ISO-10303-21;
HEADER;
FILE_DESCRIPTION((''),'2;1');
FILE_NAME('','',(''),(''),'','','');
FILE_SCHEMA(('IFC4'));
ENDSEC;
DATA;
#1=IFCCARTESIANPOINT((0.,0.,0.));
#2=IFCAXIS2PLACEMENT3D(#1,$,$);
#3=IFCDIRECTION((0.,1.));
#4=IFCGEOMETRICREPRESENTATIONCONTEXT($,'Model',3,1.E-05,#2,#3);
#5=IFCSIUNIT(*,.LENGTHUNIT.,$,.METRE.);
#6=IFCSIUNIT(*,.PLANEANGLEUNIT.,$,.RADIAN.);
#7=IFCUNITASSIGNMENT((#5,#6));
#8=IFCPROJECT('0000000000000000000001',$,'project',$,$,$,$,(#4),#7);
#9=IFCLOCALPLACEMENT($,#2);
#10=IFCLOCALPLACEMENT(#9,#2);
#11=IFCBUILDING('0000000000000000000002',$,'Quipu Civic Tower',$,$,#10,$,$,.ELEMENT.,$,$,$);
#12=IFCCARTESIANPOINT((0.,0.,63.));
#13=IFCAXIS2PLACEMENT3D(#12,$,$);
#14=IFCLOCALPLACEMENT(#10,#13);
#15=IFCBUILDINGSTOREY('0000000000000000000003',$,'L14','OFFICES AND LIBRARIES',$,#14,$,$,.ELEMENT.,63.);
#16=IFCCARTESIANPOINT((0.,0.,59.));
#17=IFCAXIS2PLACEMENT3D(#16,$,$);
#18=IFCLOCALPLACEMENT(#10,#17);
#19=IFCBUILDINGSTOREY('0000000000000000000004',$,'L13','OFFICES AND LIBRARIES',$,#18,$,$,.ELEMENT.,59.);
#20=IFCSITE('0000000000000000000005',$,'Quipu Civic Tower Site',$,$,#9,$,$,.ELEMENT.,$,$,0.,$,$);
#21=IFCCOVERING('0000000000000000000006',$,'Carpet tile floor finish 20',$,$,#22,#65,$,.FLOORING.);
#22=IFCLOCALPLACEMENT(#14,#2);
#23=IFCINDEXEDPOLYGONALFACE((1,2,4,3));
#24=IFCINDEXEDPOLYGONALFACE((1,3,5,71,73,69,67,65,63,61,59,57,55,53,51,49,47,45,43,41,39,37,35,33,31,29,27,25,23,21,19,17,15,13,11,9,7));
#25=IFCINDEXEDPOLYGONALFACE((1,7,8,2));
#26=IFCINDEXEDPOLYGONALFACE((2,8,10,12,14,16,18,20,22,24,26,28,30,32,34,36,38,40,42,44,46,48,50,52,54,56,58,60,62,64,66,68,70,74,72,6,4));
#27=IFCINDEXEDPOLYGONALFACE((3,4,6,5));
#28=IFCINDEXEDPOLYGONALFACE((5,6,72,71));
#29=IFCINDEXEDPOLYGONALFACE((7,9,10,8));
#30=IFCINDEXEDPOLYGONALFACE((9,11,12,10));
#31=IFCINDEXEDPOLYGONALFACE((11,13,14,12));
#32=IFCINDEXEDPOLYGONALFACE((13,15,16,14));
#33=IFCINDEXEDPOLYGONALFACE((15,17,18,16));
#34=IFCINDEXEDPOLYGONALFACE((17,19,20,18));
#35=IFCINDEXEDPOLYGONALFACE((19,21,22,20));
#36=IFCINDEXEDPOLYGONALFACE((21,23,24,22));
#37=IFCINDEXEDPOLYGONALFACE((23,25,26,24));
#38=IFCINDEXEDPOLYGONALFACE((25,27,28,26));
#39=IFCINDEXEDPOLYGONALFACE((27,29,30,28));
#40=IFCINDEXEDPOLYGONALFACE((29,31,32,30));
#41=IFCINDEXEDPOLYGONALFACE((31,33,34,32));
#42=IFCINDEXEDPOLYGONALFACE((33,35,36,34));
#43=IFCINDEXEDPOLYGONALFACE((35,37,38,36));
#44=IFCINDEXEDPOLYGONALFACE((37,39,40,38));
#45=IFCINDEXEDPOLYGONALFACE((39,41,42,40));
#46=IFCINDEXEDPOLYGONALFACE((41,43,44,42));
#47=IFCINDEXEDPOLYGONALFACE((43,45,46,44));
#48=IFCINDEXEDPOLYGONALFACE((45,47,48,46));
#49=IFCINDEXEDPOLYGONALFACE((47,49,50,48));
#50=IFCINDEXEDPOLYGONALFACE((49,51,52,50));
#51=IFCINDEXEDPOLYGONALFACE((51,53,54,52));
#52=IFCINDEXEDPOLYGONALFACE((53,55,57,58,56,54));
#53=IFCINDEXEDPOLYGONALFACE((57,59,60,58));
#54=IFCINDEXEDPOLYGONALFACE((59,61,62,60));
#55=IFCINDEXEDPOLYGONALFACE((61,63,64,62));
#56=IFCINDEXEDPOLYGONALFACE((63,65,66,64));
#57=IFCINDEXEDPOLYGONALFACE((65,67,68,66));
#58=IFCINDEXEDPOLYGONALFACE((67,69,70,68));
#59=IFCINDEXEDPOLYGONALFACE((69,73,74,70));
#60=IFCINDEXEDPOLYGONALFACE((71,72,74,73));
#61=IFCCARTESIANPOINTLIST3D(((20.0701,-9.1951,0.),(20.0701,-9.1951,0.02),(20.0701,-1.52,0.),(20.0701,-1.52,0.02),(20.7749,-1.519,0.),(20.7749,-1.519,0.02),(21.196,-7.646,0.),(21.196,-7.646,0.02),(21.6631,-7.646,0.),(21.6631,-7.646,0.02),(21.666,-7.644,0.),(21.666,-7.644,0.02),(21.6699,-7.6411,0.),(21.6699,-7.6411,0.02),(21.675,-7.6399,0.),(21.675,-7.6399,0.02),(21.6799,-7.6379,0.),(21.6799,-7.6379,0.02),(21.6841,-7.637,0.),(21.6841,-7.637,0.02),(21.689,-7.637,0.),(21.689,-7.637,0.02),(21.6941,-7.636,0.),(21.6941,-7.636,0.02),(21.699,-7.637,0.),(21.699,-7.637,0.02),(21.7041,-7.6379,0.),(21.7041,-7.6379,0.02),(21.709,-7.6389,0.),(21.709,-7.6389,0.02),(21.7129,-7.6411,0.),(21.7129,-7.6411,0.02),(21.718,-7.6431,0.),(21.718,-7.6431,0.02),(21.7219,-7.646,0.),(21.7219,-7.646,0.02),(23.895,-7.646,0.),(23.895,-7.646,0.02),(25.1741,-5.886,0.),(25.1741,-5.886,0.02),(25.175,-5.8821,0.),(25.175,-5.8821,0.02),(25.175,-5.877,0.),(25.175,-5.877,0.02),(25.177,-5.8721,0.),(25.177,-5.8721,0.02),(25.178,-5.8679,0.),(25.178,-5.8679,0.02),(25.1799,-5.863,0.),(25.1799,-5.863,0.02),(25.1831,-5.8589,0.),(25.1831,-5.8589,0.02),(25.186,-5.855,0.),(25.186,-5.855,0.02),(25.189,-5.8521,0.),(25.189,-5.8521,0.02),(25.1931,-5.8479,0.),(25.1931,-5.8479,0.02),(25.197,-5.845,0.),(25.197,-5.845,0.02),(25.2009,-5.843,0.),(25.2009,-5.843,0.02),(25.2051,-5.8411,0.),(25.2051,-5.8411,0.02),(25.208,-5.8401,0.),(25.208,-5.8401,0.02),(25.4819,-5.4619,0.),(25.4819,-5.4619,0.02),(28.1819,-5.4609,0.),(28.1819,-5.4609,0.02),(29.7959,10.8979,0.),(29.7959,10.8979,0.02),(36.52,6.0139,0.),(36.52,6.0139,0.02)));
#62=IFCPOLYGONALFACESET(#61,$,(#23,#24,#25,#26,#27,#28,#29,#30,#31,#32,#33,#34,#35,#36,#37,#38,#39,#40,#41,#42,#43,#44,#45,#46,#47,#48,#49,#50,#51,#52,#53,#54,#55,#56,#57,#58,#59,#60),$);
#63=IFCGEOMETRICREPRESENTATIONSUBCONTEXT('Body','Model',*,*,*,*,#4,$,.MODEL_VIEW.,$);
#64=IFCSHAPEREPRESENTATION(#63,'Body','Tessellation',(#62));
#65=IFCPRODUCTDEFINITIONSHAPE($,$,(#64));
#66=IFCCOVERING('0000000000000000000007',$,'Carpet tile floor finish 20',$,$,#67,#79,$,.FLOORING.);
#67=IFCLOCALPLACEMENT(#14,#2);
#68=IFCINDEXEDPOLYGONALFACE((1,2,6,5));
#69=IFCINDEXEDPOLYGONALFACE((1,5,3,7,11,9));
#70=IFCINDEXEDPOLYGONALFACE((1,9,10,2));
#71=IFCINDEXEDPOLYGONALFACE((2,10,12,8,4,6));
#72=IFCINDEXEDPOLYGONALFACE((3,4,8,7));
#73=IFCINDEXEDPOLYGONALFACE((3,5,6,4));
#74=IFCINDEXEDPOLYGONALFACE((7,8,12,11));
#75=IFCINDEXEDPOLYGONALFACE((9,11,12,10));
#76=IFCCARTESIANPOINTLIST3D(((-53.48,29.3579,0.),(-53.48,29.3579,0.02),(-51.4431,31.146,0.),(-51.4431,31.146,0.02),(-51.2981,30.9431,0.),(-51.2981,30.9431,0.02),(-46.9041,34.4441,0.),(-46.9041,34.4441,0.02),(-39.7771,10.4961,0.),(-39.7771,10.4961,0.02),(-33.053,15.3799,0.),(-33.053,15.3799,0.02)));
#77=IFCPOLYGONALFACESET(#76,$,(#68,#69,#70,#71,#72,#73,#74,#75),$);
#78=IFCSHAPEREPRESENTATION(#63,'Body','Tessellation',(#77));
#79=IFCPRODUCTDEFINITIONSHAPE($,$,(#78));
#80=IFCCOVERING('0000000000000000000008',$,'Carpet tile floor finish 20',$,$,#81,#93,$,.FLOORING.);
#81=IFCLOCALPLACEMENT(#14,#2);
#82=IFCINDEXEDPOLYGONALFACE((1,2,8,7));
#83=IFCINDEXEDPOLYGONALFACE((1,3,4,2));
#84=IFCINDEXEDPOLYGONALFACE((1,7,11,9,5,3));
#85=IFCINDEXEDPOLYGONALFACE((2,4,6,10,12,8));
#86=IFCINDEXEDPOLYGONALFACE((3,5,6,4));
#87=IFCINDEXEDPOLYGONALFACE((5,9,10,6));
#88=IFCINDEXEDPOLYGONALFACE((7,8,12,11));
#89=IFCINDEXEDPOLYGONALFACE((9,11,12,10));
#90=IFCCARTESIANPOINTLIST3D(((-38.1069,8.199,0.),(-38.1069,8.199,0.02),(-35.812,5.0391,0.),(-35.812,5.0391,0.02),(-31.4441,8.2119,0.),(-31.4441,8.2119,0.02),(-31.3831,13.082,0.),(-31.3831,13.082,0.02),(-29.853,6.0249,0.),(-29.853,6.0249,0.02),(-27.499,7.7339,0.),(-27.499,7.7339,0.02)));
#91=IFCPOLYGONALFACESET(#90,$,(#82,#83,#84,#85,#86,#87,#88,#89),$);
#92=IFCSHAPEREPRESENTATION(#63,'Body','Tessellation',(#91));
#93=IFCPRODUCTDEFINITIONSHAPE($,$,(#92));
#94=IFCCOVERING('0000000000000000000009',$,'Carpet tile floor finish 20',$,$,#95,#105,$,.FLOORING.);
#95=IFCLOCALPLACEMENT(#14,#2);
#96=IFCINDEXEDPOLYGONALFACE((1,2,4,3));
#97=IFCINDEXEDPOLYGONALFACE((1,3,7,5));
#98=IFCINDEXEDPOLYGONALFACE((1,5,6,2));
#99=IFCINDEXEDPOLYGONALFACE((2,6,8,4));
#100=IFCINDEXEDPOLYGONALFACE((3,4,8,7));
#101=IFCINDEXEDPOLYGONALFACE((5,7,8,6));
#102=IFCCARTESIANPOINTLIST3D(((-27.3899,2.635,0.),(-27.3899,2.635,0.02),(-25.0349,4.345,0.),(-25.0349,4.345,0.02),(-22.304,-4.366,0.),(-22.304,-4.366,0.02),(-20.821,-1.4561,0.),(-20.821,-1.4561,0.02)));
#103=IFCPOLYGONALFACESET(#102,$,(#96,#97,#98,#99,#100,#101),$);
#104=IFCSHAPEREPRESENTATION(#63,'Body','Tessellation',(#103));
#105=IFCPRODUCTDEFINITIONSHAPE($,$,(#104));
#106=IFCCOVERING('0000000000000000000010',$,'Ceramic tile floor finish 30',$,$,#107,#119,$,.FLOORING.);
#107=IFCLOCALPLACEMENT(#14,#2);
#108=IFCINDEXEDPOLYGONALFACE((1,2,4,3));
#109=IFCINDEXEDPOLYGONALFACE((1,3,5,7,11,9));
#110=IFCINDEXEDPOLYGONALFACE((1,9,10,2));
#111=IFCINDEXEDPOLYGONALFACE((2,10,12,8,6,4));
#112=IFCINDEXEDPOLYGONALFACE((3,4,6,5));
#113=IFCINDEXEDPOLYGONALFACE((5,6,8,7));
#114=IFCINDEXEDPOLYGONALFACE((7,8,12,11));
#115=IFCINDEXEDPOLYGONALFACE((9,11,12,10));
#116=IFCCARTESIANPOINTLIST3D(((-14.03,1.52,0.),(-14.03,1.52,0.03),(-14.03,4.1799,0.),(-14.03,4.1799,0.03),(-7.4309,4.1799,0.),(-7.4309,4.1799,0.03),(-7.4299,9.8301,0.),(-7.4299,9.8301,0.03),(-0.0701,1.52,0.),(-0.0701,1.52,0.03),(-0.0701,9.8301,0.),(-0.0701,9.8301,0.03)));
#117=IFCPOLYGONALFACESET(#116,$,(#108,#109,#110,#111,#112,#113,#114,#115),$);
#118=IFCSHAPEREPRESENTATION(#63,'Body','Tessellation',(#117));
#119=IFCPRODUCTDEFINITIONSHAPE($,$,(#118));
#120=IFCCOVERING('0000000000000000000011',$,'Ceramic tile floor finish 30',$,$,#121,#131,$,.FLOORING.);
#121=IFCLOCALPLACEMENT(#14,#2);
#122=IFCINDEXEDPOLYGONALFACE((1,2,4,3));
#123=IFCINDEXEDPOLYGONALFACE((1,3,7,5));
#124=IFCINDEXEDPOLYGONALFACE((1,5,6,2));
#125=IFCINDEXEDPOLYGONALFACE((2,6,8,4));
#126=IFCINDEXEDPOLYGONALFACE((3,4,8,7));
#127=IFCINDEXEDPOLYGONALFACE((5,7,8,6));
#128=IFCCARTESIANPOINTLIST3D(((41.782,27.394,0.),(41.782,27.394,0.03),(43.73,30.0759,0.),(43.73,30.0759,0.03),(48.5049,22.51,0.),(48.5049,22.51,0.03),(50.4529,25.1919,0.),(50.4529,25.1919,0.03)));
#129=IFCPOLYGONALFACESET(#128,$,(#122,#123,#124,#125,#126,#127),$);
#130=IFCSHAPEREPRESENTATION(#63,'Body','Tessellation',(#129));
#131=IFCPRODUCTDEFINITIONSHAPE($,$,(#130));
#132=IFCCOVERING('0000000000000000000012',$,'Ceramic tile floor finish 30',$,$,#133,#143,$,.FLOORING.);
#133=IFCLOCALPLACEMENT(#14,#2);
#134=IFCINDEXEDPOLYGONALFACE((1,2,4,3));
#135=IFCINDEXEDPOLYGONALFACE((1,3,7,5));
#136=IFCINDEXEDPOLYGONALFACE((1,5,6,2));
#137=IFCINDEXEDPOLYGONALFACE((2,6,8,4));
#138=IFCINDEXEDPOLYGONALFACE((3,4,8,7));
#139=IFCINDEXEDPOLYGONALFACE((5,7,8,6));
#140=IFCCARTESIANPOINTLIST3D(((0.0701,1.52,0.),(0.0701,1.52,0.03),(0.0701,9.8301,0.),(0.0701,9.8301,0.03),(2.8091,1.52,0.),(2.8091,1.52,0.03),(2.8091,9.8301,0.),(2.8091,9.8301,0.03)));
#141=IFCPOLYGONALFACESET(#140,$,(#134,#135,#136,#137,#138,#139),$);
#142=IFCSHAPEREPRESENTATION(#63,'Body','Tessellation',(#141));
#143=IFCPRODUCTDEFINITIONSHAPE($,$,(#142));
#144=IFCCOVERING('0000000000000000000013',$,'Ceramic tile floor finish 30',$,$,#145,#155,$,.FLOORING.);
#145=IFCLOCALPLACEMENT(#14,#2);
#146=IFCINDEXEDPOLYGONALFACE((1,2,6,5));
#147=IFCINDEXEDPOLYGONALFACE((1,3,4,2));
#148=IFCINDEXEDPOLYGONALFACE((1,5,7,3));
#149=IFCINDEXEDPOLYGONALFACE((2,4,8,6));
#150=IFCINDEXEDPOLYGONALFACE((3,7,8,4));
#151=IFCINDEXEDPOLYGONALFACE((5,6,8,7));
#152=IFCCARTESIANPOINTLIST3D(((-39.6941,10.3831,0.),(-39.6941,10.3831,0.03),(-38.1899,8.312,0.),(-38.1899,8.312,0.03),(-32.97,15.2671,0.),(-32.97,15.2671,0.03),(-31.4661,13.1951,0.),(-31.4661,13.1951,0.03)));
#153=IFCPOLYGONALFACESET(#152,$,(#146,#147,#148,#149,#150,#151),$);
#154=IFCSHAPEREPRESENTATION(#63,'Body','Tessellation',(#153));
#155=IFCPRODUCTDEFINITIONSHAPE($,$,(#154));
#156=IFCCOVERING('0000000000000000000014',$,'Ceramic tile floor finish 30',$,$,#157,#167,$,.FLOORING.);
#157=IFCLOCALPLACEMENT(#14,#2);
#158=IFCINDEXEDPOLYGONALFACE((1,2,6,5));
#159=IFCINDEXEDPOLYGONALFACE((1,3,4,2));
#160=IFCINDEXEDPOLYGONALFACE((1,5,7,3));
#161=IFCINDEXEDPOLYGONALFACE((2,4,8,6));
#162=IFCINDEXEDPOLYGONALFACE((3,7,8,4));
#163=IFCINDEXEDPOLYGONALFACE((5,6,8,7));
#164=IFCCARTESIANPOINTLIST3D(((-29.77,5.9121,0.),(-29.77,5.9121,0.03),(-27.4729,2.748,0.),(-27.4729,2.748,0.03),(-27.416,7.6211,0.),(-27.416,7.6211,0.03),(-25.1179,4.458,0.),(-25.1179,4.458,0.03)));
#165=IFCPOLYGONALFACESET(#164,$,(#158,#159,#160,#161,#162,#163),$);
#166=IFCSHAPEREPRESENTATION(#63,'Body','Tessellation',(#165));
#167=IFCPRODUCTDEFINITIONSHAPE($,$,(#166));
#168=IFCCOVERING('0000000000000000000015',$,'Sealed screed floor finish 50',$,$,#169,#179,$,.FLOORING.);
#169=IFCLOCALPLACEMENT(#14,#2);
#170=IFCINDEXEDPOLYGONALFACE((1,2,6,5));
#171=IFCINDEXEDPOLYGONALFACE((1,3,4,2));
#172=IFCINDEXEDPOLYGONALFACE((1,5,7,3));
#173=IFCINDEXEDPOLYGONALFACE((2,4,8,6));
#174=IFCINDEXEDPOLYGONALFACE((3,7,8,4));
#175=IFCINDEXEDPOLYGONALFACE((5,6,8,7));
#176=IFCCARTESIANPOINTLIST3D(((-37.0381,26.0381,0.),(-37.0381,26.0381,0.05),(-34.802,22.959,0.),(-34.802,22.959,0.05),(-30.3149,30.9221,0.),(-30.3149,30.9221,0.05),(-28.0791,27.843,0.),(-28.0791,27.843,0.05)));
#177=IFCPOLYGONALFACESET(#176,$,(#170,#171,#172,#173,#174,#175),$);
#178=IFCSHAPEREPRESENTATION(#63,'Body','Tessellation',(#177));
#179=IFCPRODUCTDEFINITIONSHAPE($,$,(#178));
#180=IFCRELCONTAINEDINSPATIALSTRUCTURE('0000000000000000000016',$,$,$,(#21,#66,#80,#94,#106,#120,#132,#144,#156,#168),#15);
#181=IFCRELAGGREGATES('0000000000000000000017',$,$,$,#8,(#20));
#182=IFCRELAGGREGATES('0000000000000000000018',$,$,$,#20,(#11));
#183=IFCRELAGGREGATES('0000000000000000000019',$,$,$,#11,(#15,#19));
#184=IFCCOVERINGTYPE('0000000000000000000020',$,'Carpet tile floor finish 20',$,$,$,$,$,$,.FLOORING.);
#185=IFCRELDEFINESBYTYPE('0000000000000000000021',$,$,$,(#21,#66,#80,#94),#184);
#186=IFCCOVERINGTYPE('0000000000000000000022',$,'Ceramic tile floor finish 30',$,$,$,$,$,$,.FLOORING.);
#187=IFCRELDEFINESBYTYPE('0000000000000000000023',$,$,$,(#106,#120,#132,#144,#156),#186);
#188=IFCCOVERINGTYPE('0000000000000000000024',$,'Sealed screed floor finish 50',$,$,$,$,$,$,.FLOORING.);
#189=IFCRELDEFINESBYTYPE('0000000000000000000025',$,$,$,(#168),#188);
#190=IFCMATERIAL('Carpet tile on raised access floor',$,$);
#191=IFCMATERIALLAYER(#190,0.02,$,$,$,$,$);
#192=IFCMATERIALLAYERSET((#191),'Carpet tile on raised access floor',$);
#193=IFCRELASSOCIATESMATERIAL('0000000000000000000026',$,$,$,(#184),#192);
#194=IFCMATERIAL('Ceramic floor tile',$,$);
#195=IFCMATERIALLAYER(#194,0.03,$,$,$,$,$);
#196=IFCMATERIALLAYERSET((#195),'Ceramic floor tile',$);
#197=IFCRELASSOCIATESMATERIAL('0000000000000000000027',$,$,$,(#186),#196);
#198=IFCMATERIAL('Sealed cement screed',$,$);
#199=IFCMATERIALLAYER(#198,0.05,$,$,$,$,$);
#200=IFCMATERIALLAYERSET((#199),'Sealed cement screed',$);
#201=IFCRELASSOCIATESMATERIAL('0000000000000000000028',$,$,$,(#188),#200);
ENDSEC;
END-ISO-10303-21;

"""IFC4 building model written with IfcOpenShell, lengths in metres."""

from ifc_helpers import new_model, si_unit, direction, frame, origin, place, context, subcontext, project, spatial, polyline, outline, extrude, material, layer, layer_set, type_object, element, save


model = new_model("IFC4")

# Units and contexts
model_context = context("Model", 3, precision=1e-05, world=origin(), true_north=direction((0.0, 1.0)))
body_context = subcontext(model_context, "Body", "Model", "MODEL_VIEW")
ifc_project = project(units=[si_unit("LENGTHUNIT", "METRE"), si_unit("PLANEANGLEUNIT", "RADIAN")], contexts=[model_context])

# Site, building, storey
site_placement = place(None, origin())
site = spatial("IfcSite", under=ifc_project, at=site_placement, Name="Quipu Civic Tower Site", CompositionType="ELEMENT", RefElevation=0.0)
building_placement = place(site_placement, origin())
building = spatial("IfcBuilding", under=site, at=building_placement, Name="Quipu Civic Tower", CompositionType="ELEMENT")
storey_1_placement = place(building_placement, frame((0.0, 0.0, 63.0)))
storey_1 = spatial("IfcBuildingStorey", under=building, at=storey_1_placement, Name="L14", Description="OFFICES AND LIBRARIES", CompositionType="ELEMENT", Elevation=63.0)

# Shared definitions
storey_2_placement = place(building_placement, frame((0.0, 0.0, 59.0)))
storey_2 = spatial("IfcBuildingStorey", under=building, at=storey_2_placement, Name="L13", Description="OFFICES AND LIBRARIES", CompositionType="ELEMENT", Elevation=59.0)

# Coverings
ifc_material_1 = material(Name="Carpet tile on raised access floor")
ifc_layer_1 = layer(ifc_material_1, 0.02)
ifc_layer_set_1 = layer_set([ifc_layer_1], Name="Carpet tile on raised access floor")
covering_type_1 = type_object("IfcCoveringType", Name="Carpet tile floor finish 20", PredefinedType="FLOORING", material=ifc_layer_set_1)
covering_1_placement = place(storey_1_placement, origin())
element("IfcCovering", 1, at=covering_1_placement, inside=storey_1, type_object=covering_type_1, Name="Carpet tile floor finish 20", PredefinedType="FLOORING", context=body_context, shape_type="SweptSolid", body=[
    extrude(outline(polyline([(20.0701, -9.1951), (20.0701, -1.52), (20.7749, -1.519), (29.7959, 10.8979), (36.52, 6.0139), (28.1819, -5.4609), (25.4819, -5.4619), (25.208, -5.8401), (25.2051, -5.8411), (25.2009, -5.843), (25.197, -5.845), (25.1931, -5.8479), (25.189, -5.8521), (25.186, -5.855), (25.1831, -5.8589), (25.1799, -5.863), (25.178, -5.8679), (25.177, -5.8721), (25.175, -5.877), (25.175, -5.8821), (25.1741, -5.886), (23.895, -7.646), (21.7219, -7.646), (21.7219, -7.646), (21.718, -7.6431), (21.7129, -7.6411), (21.709, -7.6389), (21.7041, -7.6379), (21.699, -7.637), (21.6941, -7.636), (21.689, -7.637), (21.6841, -7.637), (21.6799, -7.6379), (21.675, -7.6399), (21.6699, -7.6411), (21.666, -7.644), (21.6631, -7.646), (21.196, -7.646), (20.0701, -9.1951)])), origin(), (0.0, 0.0, 1.0), 0.02),
])
covering_2_placement = place(storey_1_placement, origin())
element("IfcCovering", 2, at=covering_2_placement, inside=storey_1, type_object=covering_type_1, Name="Carpet tile floor finish 20", PredefinedType="FLOORING", context=body_context, shape_type="SweptSolid", body=[
    extrude(outline(polyline([(-53.48, 29.3579), (-51.2981, 30.9431), (-51.4431, 31.146), (-46.9041, 34.4441), (-33.053, 15.3799), (-39.7771, 10.4961), (-53.48, 29.3579)])), origin(), (0.0, 0.0, 1.0), 0.02),
])
covering_3_placement = place(storey_1_placement, origin())
element("IfcCovering", 3, at=covering_3_placement, inside=storey_1, type_object=covering_type_1, Name="Carpet tile floor finish 20", PredefinedType="FLOORING", context=body_context, shape_type="SweptSolid", body=[
    extrude(outline(polyline([(-38.1069, 8.199), (-31.3831, 13.082), (-27.499, 7.7339), (-29.853, 6.0249), (-31.4441, 8.2119), (-35.812, 5.0391), (-38.1069, 8.199)])), origin(), (0.0, 0.0, 1.0), 0.02),
])
covering_4_placement = place(storey_1_placement, origin())
element("IfcCovering", 4, at=covering_4_placement, inside=storey_1, type_object=covering_type_1, Name="Carpet tile floor finish 20", PredefinedType="FLOORING", context=body_context, shape_type="SweptSolid", body=[
    extrude(outline(polyline([(-27.3899, 2.635), (-25.0349, 4.345), (-20.821, -1.4561), (-22.304, -4.366), (-27.3899, 2.635)])), origin(), (0.0, 0.0, 1.0), 0.02),
])
ifc_material_2 = material(Name="Ceramic floor tile")
ifc_layer_2 = layer(ifc_material_2, 0.03)
ifc_layer_set_2 = layer_set([ifc_layer_2], Name="Ceramic floor tile")
covering_type_2 = type_object("IfcCoveringType", Name="Ceramic tile floor finish 30", PredefinedType="FLOORING", material=ifc_layer_set_2)
covering_5_placement = place(storey_1_placement, origin())
element("IfcCovering", 5, at=covering_5_placement, inside=storey_1, type_object=covering_type_2, Name="Ceramic tile floor finish 30", PredefinedType="FLOORING", context=body_context, shape_type="SweptSolid", body=[
    extrude(outline(polyline([(-14.03, 4.1799), (-7.4309, 4.1799), (-7.4299, 9.8301), (-0.0701, 9.8301), (-0.0701, 1.52), (-14.03, 1.52), (-14.03, 4.1799)])), origin(), (0.0, 0.0, 1.0), 0.03),
])
covering_6_placement = place(storey_1_placement, origin())
element("IfcCovering", 6, at=covering_6_placement, inside=storey_1, type_object=covering_type_2, Name="Ceramic tile floor finish 30", PredefinedType="FLOORING", context=body_context, shape_type="SweptSolid", body=[
    extrude(outline(polyline([(41.782, 27.394), (43.73, 30.0759), (50.4529, 25.1919), (48.5049, 22.51), (41.782, 27.394)])), origin(), (0.0, 0.0, 1.0), 0.03),
])
covering_7_placement = place(storey_1_placement, origin())
element("IfcCovering", 7, at=covering_7_placement, inside=storey_1, type_object=covering_type_2, Name="Ceramic tile floor finish 30", PredefinedType="FLOORING", context=body_context, shape_type="SweptSolid", body=[
    extrude(outline(polyline([(0.0701, 9.8301), (2.8091, 9.8301), (2.8091, 1.52), (0.0701, 1.52), (0.0701, 9.8301)])), origin(), (0.0, 0.0, 1.0), 0.03),
])
covering_8_placement = place(storey_1_placement, origin())
element("IfcCovering", 8, at=covering_8_placement, inside=storey_1, type_object=covering_type_2, Name="Ceramic tile floor finish 30", PredefinedType="FLOORING", context=body_context, shape_type="SweptSolid", body=[
    extrude(outline(polyline([(-39.6941, 10.3831), (-32.97, 15.2671), (-31.4661, 13.1951), (-38.1899, 8.312), (-39.6941, 10.3831)])), origin(), (0.0, 0.0, 1.0), 0.03),
])
covering_9_placement = place(storey_1_placement, origin())
element("IfcCovering", 9, at=covering_9_placement, inside=storey_1, type_object=covering_type_2, Name="Ceramic tile floor finish 30", PredefinedType="FLOORING", context=body_context, shape_type="SweptSolid", body=[
    extrude(outline(polyline([(-29.77, 5.9121), (-27.416, 7.6211), (-25.1179, 4.458), (-27.4729, 2.748), (-29.77, 5.9121)])), origin(), (0.0, 0.0, 1.0), 0.03),
])
ifc_material_3 = material(Name="Sealed cement screed")
ifc_layer_3 = layer(ifc_material_3, 0.05)
ifc_layer_set_3 = layer_set([ifc_layer_3], Name="Sealed cement screed")
covering_type_3 = type_object("IfcCoveringType", Name="Sealed screed floor finish 50", PredefinedType="FLOORING", material=ifc_layer_set_3)
covering_10_placement = place(storey_1_placement, origin())
element("IfcCovering", 10, at=covering_10_placement, inside=storey_1, type_object=covering_type_3, Name="Sealed screed floor finish 50", PredefinedType="FLOORING", context=body_context, shape_type="SweptSolid", body=[
    extrude(outline(polyline([(-37.0381, 26.0381), (-30.3149, 30.9221), (-28.0791, 27.843), (-34.802, 22.959), (-37.0381, 26.0381)])), origin(), (0.0, 0.0, 1.0), 0.05),
])

save(model, "model.ifc")
